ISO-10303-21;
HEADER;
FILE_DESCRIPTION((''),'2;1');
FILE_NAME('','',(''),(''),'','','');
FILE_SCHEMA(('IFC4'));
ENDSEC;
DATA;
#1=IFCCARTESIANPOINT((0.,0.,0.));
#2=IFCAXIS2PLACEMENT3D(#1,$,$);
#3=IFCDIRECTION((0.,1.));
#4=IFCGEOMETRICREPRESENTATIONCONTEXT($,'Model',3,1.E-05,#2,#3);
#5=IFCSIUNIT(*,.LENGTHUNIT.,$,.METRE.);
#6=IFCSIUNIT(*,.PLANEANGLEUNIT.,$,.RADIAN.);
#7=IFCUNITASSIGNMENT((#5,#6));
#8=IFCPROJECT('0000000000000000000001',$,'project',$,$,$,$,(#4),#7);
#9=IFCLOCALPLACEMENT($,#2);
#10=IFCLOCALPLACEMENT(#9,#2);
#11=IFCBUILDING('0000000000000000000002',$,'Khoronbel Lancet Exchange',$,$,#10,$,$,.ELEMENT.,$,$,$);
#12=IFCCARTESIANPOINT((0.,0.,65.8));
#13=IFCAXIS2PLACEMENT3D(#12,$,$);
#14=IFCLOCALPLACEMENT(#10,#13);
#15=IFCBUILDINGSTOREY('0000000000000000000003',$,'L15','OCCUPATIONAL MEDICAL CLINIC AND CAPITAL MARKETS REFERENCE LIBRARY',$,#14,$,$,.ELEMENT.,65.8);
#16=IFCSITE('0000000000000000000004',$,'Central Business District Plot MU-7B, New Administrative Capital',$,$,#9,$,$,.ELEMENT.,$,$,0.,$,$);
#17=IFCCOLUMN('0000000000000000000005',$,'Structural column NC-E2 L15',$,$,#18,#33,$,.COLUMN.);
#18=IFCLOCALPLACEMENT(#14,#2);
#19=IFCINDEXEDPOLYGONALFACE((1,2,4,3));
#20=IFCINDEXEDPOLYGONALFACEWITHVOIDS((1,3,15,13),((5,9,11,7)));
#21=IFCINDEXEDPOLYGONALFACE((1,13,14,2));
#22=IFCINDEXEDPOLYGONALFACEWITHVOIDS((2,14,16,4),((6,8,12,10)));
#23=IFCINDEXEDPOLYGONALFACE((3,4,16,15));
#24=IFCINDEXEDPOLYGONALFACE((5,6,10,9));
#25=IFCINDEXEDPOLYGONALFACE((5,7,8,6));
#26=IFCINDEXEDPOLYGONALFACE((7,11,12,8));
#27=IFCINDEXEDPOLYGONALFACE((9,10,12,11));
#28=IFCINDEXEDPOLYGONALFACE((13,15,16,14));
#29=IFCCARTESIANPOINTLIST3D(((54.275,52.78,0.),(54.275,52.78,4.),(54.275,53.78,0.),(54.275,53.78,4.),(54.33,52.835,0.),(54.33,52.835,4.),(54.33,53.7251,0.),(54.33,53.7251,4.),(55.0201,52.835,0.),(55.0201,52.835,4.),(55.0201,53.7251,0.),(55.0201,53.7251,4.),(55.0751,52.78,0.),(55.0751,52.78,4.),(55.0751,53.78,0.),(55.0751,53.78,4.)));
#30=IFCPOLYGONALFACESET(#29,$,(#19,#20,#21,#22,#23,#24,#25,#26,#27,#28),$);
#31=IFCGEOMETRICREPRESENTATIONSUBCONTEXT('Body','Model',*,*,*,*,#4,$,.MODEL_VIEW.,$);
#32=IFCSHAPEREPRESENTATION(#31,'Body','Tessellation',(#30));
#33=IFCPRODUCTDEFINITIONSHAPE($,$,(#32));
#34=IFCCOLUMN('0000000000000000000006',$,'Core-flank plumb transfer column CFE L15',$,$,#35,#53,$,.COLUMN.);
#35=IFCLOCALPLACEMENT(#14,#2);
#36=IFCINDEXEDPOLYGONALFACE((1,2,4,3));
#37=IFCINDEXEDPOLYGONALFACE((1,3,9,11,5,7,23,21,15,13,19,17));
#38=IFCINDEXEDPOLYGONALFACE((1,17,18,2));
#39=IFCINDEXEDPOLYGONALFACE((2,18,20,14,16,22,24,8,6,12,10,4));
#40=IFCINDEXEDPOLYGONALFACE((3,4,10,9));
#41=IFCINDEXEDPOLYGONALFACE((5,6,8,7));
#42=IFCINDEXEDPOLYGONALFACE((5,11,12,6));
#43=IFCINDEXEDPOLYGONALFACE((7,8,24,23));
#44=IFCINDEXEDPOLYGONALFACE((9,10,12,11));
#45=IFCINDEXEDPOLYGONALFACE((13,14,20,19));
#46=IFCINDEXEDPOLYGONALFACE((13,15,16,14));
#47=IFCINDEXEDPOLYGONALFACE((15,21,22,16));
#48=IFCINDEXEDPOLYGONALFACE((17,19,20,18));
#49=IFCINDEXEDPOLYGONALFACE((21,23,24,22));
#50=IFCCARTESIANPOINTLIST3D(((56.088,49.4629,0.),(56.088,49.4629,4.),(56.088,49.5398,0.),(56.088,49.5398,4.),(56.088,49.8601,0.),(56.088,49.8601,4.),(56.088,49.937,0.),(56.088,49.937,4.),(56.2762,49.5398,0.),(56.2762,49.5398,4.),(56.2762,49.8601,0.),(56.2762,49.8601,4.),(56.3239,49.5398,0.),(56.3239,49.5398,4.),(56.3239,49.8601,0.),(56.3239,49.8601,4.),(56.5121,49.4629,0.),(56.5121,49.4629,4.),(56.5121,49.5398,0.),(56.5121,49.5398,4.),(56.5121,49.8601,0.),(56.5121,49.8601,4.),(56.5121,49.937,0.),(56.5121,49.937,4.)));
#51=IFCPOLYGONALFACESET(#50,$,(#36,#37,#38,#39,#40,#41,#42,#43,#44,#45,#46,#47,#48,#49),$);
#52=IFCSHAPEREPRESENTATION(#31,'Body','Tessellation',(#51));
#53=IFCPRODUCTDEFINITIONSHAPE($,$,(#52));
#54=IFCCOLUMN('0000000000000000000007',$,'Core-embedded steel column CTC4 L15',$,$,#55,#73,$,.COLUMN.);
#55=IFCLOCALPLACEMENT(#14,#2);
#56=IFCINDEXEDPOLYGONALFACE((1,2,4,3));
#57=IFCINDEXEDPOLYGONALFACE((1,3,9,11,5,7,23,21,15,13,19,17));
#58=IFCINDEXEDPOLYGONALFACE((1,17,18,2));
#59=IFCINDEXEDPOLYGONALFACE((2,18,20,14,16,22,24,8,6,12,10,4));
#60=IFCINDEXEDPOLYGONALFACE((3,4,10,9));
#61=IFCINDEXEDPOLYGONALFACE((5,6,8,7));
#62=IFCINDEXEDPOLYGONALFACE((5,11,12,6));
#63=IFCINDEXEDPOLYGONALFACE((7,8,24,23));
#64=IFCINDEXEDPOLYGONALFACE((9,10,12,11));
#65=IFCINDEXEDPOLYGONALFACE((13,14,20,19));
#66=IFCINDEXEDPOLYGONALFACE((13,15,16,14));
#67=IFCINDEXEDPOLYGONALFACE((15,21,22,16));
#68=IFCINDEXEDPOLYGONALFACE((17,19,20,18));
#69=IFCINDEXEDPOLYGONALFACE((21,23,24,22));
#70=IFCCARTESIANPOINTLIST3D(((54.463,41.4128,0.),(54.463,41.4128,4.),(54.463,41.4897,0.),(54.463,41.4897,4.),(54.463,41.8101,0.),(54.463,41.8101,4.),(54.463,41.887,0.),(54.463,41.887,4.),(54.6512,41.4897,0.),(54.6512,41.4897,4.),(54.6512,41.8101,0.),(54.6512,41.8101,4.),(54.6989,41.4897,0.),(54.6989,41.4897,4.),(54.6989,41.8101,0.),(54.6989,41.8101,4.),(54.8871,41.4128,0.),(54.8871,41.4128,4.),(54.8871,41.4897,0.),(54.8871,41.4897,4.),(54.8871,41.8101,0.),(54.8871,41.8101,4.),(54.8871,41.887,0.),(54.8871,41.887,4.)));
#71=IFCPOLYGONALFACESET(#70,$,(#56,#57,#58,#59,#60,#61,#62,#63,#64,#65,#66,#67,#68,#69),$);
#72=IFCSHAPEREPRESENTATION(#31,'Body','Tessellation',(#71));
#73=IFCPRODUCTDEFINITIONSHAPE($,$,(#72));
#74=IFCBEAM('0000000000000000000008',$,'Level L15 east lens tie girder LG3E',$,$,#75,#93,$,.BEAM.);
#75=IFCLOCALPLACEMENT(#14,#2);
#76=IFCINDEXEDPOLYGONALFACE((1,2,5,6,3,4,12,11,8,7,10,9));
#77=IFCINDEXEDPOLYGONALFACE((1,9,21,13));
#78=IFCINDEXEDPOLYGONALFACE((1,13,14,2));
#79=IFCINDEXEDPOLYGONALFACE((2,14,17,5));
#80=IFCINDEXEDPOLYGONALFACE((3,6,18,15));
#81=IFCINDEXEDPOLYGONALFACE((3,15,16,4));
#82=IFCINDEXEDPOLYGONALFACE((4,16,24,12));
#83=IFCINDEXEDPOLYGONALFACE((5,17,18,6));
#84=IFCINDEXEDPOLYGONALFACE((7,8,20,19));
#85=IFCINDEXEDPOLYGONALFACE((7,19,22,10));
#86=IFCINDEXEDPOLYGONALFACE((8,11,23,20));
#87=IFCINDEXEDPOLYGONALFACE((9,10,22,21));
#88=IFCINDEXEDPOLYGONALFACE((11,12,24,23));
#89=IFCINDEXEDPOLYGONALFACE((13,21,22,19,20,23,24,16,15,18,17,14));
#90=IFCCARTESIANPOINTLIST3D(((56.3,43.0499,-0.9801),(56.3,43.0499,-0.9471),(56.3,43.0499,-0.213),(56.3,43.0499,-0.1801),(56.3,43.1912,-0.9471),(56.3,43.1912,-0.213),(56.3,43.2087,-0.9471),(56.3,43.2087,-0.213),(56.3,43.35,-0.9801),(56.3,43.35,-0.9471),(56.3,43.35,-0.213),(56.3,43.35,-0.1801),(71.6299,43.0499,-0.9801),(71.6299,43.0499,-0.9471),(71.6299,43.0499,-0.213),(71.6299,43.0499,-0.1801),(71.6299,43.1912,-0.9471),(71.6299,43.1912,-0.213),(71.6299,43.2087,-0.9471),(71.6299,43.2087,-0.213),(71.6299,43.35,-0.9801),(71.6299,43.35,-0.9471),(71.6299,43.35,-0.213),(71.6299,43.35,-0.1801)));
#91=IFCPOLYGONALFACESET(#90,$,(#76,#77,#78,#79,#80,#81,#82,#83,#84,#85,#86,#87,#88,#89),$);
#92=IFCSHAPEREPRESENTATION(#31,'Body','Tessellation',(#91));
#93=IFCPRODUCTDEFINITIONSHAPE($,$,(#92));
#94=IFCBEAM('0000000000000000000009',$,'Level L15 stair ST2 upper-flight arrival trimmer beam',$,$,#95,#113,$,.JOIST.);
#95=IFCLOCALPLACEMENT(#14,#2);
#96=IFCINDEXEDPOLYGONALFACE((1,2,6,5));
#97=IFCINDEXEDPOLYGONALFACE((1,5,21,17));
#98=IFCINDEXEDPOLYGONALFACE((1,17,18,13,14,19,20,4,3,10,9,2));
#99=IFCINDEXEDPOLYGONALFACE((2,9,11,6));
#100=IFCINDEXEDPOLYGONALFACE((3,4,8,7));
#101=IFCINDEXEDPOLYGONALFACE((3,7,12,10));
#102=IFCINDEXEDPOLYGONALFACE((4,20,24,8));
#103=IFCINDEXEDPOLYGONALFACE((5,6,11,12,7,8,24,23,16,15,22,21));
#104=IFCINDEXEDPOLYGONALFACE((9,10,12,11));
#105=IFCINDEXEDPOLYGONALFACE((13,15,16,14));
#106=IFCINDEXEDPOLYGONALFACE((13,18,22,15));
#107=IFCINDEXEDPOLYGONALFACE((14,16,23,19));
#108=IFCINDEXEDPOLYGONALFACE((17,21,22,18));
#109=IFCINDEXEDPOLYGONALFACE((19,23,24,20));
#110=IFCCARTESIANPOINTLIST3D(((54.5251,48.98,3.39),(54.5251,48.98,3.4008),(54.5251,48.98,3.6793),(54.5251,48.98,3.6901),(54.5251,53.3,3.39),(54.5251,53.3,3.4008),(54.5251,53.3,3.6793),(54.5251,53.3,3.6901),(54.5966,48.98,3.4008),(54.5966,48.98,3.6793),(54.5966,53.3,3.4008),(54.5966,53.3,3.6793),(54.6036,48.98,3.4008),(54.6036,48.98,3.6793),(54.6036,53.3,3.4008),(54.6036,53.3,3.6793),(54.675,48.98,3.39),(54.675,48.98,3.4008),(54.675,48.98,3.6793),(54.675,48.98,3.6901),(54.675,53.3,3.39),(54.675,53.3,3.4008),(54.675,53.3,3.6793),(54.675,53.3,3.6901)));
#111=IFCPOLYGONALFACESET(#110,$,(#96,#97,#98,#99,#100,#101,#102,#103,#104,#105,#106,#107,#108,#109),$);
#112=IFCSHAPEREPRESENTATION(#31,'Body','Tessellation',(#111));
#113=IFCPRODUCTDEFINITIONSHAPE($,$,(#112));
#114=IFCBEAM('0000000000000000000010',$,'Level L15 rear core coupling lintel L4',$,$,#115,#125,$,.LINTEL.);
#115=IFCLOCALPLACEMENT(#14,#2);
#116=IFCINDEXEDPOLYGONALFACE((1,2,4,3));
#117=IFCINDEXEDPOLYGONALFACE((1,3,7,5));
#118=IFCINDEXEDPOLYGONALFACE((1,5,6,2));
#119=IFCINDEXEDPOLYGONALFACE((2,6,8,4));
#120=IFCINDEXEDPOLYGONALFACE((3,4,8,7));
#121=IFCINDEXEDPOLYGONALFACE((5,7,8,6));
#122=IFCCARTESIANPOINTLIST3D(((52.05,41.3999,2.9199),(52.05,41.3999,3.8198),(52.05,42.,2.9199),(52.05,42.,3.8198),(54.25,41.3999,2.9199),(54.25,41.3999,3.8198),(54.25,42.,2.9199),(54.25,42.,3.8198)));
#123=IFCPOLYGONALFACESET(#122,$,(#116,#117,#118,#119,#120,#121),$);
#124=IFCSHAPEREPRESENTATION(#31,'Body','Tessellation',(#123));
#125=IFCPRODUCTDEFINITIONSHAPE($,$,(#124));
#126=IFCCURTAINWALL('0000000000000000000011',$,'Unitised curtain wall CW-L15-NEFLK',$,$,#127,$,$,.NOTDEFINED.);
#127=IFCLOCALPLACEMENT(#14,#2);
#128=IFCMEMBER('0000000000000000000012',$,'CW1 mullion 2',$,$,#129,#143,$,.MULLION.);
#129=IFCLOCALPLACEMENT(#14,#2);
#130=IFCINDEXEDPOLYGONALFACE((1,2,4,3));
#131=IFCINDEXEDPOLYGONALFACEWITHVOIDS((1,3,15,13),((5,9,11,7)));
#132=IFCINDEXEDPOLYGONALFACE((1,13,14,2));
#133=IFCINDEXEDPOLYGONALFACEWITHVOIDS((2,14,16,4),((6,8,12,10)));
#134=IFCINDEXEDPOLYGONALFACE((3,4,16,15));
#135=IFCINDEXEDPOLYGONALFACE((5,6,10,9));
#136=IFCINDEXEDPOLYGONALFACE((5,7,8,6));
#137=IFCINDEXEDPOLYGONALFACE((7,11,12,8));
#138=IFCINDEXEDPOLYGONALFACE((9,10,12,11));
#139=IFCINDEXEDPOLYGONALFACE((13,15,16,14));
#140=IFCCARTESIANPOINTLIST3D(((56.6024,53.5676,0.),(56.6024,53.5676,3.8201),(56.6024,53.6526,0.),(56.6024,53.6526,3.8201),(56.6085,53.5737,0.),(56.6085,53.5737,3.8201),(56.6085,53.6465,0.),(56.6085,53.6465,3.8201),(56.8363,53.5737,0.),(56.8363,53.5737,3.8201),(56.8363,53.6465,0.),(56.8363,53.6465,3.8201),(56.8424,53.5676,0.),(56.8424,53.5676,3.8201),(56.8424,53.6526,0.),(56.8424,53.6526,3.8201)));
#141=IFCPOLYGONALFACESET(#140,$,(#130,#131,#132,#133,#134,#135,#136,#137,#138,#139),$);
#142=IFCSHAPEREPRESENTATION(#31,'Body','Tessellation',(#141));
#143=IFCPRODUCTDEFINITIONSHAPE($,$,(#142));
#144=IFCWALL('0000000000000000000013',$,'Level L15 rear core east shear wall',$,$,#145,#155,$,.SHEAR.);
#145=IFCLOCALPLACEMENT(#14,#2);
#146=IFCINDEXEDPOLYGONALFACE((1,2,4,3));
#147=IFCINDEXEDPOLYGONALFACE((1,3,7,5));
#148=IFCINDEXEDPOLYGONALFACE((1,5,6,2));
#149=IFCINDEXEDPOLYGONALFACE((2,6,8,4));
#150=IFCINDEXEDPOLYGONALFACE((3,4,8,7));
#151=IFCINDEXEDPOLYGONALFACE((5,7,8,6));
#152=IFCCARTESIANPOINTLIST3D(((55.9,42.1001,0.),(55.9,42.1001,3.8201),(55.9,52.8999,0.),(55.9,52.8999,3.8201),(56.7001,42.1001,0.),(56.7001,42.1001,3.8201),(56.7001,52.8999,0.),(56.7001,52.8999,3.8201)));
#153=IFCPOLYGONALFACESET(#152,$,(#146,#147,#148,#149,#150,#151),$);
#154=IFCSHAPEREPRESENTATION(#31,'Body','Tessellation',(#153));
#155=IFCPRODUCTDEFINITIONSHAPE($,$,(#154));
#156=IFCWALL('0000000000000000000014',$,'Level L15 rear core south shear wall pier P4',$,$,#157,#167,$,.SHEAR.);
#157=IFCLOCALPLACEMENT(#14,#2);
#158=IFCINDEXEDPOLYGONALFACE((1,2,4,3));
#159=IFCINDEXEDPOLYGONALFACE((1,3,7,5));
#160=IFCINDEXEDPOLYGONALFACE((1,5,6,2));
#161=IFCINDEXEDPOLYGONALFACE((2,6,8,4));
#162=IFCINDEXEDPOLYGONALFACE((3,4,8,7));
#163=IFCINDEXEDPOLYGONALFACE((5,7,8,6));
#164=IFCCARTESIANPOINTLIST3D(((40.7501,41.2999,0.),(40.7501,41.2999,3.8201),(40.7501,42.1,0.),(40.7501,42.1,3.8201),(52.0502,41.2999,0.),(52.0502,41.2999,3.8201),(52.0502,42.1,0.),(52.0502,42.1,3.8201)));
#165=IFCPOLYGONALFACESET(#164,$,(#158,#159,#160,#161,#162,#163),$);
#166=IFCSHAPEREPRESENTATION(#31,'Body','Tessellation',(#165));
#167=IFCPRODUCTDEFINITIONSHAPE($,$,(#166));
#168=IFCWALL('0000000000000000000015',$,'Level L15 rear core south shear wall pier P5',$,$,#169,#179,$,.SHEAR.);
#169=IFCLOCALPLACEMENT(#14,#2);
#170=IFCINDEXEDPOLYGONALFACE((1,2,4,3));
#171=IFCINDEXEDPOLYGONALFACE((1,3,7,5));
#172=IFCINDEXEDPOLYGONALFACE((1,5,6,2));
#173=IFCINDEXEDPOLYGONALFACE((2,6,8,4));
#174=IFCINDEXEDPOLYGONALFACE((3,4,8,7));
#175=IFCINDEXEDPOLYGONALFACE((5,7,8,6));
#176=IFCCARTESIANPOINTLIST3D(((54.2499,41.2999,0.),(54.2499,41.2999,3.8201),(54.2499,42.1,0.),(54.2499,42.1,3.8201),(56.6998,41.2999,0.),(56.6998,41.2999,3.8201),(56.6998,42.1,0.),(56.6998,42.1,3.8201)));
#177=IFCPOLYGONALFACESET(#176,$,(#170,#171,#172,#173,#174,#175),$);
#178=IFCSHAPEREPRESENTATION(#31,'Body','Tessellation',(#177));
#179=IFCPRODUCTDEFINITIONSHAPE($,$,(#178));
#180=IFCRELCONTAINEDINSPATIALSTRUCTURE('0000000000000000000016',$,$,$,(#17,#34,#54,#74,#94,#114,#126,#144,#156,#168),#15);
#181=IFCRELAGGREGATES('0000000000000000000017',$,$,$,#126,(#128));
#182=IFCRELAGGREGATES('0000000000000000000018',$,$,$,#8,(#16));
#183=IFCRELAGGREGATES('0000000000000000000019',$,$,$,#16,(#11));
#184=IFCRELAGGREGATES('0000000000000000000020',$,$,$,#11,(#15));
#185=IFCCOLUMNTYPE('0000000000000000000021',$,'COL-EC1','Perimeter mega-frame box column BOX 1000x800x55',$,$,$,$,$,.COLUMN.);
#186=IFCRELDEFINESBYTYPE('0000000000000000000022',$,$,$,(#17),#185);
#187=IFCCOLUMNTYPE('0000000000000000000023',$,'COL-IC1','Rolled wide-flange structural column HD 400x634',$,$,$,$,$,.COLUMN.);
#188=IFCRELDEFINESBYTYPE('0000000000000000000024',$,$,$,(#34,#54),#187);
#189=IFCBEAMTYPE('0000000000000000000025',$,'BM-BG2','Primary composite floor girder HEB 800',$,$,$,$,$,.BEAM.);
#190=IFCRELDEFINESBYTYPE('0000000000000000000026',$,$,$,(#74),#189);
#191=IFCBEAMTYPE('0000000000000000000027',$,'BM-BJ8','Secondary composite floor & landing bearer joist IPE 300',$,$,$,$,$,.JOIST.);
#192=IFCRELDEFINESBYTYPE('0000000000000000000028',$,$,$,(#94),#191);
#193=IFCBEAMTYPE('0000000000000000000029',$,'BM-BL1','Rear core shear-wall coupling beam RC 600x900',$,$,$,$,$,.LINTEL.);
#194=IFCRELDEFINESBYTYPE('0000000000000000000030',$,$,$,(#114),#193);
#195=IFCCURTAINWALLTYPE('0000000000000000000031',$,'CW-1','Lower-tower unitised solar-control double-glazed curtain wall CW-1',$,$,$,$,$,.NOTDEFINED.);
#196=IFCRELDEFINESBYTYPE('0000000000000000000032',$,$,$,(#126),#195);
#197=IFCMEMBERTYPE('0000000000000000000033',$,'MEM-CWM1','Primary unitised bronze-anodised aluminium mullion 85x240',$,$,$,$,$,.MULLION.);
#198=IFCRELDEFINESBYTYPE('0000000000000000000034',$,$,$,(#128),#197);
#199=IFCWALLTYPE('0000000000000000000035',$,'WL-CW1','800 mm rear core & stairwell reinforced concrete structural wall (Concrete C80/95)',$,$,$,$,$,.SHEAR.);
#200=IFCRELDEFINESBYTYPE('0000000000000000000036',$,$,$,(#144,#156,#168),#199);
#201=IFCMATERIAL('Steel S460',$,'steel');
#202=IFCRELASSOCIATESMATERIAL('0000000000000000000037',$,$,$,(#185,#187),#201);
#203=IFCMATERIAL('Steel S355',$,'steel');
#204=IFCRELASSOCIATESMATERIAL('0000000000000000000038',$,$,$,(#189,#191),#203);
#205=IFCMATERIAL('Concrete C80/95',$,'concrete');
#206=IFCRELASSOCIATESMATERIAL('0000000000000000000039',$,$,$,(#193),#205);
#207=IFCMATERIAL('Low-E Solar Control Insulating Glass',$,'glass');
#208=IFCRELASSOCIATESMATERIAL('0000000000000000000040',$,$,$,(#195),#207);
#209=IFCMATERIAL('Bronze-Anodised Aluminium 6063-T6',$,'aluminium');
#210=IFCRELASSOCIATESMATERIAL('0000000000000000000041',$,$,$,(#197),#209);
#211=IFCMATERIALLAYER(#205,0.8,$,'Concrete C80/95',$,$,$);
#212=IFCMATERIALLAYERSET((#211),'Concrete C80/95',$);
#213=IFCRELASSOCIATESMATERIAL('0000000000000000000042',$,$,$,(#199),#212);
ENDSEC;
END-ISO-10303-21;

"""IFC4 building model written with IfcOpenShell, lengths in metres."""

from ifc_helpers import new_model, si_unit, direction, frame, frame_2d, origin, origin_2d, place, context, subcontext, project, spatial, rectangle, hollow_rectangle, i_section, extrude, material, layer, layer_set, material_profile, profile_set, type_object, element, aggregate, save


model = new_model("IFC4")

# Units and contexts
model_context = context("Model", 3, precision=1e-05, world=origin(), true_north=direction((0.0, 1.0)))
body_context = subcontext(model_context, "Body", "Model", "MODEL_VIEW")
ifc_project = project(units=[si_unit("LENGTHUNIT", "METRE"), si_unit("PLANEANGLEUNIT", "RADIAN")], contexts=[model_context])

# Site, building, storey
site_placement = place(None, origin())
site = spatial("IfcSite", under=ifc_project, at=site_placement, Name="Central Business District Plot MU-7B, New Administrative Capital", CompositionType="ELEMENT", RefElevation=0.0)
building_placement = place(site_placement, origin())
building = spatial("IfcBuilding", under=site, at=building_placement, Name="Khoronbel Lancet Exchange", CompositionType="ELEMENT")
storey_placement = place(building_placement, frame((0.0, 0.0, 65.8)))
storey = spatial("IfcBuildingStorey", under=building, at=storey_placement, Name="L15", Description="OCCUPATIONAL MEDICAL CLINIC AND CAPITAL MARKETS REFERENCE LIBRARY", CompositionType="ELEMENT", Elevation=65.8)

# Columns
ifc_material_1 = material(Name="Steel S460", Category="steel")
ifc_material_profile_1 = material_profile(ifc_material_1, hollow_rectangle(XDim=0.8, YDim=1.0, WallThickness=0.0549, at=origin_2d()), Name="BOX 1000x800x55")
ifc_profile_set_1 = profile_set([ifc_material_profile_1], Name="Steel S460")
column_type_1 = type_object("IfcColumnType", Name="COL-EC1", Description="Perimeter mega-frame box column BOX 1000x800x55", PredefinedType="COLUMN", material=ifc_profile_set_1)
column_placement = place(storey_placement, frame((54.675, 53.28, 0.0), z_axis=(0.0, 0.0, 1.0), x_axis=(1.0, 0.0, 0.0)))
element("IfcColumn", 1, at=column_placement, inside=storey, type_object=column_type_1, Name="Structural column NC-E2 L15", PredefinedType="COLUMN", context=body_context, shape_type="SweptSolid", body=[
    extrude(hollow_rectangle(XDim=0.8, YDim=1.0, WallThickness=0.0549, at=origin_2d()), origin(), (0.0, 0.0, 1.0), 4.0),
])
ifc_material_profile_2 = material_profile(ifc_material_1, i_section(OverallWidth=0.4241, OverallDepth=0.4741, WebThickness=0.0476, FlangeThickness=0.0769, at=origin_2d()), Name="HD 400x634")
ifc_profile_set_2 = profile_set([ifc_material_profile_2], Name="Steel S460")
column_type_2 = type_object("IfcColumnType", Name="COL-IC1", Description="Rolled wide-flange structural column HD 400x634", PredefinedType="COLUMN", material=ifc_profile_set_2)
for number, where, z_axis, x_axis, name in (
    (2, (56.3, 49.7, 0.0), (0.0, 0.0, 1.0), (1.0, 0.0, 0.0), "Core-flank plumb transfer column CFE L15"),
    (3, (54.675, 41.6499, 0.0), (0.0, 0.0, 1.0), (1.0, 0.0, 0.0), "Core-embedded steel column CTC4 L15"),
):
    element("IfcColumn", number, at=place(storey_placement, frame(where, z_axis=z_axis, x_axis=x_axis)), inside=storey, type_object=column_type_2, Name=name, PredefinedType="COLUMN", context=body_context, shape_type="SweptSolid", body=[
        extrude(i_section(OverallWidth=0.4241, OverallDepth=0.4741, WebThickness=0.0476, FlangeThickness=0.0769, at=origin_2d()), origin(), (0.0, 0.0, 1.0), 4.0),
    ])

# Beams
ifc_material_2 = material(Name="Steel S355", Category="steel")
ifc_material_profile_3 = material_profile(ifc_material_2, i_section(OverallWidth=0.3, OverallDepth=0.8, WebThickness=0.0176, FlangeThickness=0.033, at=origin_2d()), Name="HEB 800")
ifc_profile_set_3 = profile_set([ifc_material_profile_3], Name="Steel S355")
beam_type_1 = type_object("IfcBeamType", Name="BM-BG2", Description="Primary composite floor girder HEB 800", PredefinedType="BEAM", material=ifc_profile_set_3)
beam_1_placement = place(storey_placement, frame((56.3, 43.2, -0.5801), z_axis=(1.0, 0.0, 0.0), x_axis=(0.0, 1.0, 0.0)))
element("IfcBeam", 4, at=beam_1_placement, inside=storey, type_object=beam_type_1, Name="Level L15 east lens tie girder LG3E", PredefinedType="BEAM", context=body_context, shape_type="SweptSolid", body=[
    extrude(i_section(OverallWidth=0.3, OverallDepth=0.8, WebThickness=0.0176, FlangeThickness=0.033, at=origin_2d()), origin(), (0.0, 0.0, 1.0), 15.3298),
])
ifc_material_profile_4 = material_profile(ifc_material_2, i_section(OverallWidth=0.1499, OverallDepth=0.3, WebThickness=0.0071, FlangeThickness=0.0107, at=origin_2d()), Name="IPE 300")
ifc_profile_set_4 = profile_set([ifc_material_profile_4], Name="Steel S355")
beam_type_2 = type_object("IfcBeamType", Name="BM-BJ8", Description="Secondary composite floor & landing bearer joist IPE 300", PredefinedType="JOIST", material=ifc_profile_set_4)
beam_2_placement = place(storey_placement, frame((54.6001, 48.98, 3.54), z_axis=(0.0, 1.0, 0.0), x_axis=(-1.0, 0.0, 0.0)))
element("IfcBeam", 5, at=beam_2_placement, inside=storey, type_object=beam_type_2, Name="Level L15 stair ST2 upper-flight arrival trimmer beam", PredefinedType="JOIST", context=body_context, shape_type="SweptSolid", body=[
    extrude(i_section(OverallWidth=0.1499, OverallDepth=0.3, WebThickness=0.0071, FlangeThickness=0.0107, at=origin_2d()), origin(), (0.0, 0.0, 1.0), 4.3201),
])
ifc_material_3 = material(Name="Concrete C80/95", Category="concrete")
ifc_material_profile_5 = material_profile(ifc_material_3, rectangle(XDim=0.6001, YDim=0.8999, at=origin_2d()), Name="RC 600x900")
ifc_profile_set_5 = profile_set([ifc_material_profile_5], Name="Concrete C80/95")
beam_type_3 = type_object("IfcBeamType", Name="BM-BL1", Description="Rear core shear-wall coupling beam RC 600x900", PredefinedType="LINTEL", material=ifc_profile_set_5)
beam_3_placement = place(storey_placement, frame((52.05, 41.7, 3.3699), z_axis=(1.0, 0.0, 0.0), x_axis=(0.0, 1.0, 0.0)))
element("IfcBeam", 6, at=beam_3_placement, inside=storey, type_object=beam_type_3, Name="Level L15 rear core coupling lintel L4", PredefinedType="LINTEL", context=body_context, shape_type="SweptSolid", body=[
    extrude(rectangle(XDim=0.6001, YDim=0.8999, at=origin_2d()), origin(), (0.0, 0.0, 1.0), 2.2),
])

# Curtain wall, member
ifc_material_4 = material(Name="Low-E Solar Control Insulating Glass", Category="glass")
curtain_wall_type = type_object("IfcCurtainWallType", Name="CW-1", Description="Lower-tower unitised solar-control double-glazed curtain wall CW-1", PredefinedType="NOTDEFINED", material=ifc_material_4)
curtain_wall_placement = place(storey_placement, origin())
curtain_wall = element("IfcCurtainWall", 7, at=curtain_wall_placement, inside=storey, type_object=curtain_wall_type, Name="Unitised curtain wall CW-L15-NEFLK", PredefinedType="NOTDEFINED")
ifc_material_5 = material(Name="Bronze-Anodised Aluminium 6063-T6", Category="aluminium")
ifc_material_profile_6 = material_profile(ifc_material_5, hollow_rectangle(XDim=0.085, YDim=0.24, WallThickness=0.0061, at=origin_2d()), Name="ALU MULLION 85x240")
ifc_profile_set_6 = profile_set([ifc_material_profile_6], Name="Bronze-Anodised Aluminium 6063-T6")
member_type = type_object("IfcMemberType", Name="MEM-CWM1", Description="Primary unitised bronze-anodised aluminium mullion 85x240", PredefinedType="MULLION", material=ifc_profile_set_6)
member_placement = place(storey_placement, frame((56.7224, 53.6101, 0.0), z_axis=(0.0, 0.0, 1.0), x_axis=(0.0, -1.0, 0.0)))
member = element("IfcMember", 8, at=member_placement, type_object=member_type, Name="CW1 mullion 2", PredefinedType="MULLION", context=body_context, shape_type="SweptSolid", body=[
    extrude(hollow_rectangle(XDim=0.085, YDim=0.24, WallThickness=0.0061, at=origin_2d()), origin(), (0.0, 0.0, 1.0), 3.8201),
])
aggregate(curtain_wall, [member])

# Walls
ifc_layer_1 = layer(ifc_material_3, 0.8, Name="Concrete C80/95")
ifc_layer_set_1 = layer_set([ifc_layer_1], Name="Concrete C80/95")
wall_type_1 = type_object("IfcWallType", Name="WL-CW1", Description="800 mm rear core & stairwell reinforced concrete structural wall (Concrete C80/95)", PredefinedType="SHEAR", material=ifc_layer_set_1)
wall_1_placement = place(storey_placement, frame((56.3, 52.8999, 0.0), z_axis=(0.0, 0.0, 1.0), x_axis=(0.0, -1.0, 0.0)))
element("IfcWall", 9, at=wall_1_placement, inside=storey, type_object=wall_type_1, Name="Level L15 rear core east shear wall", PredefinedType="SHEAR", context=body_context, shape_type="SweptSolid", body=[
    extrude(rectangle(XDim=10.7998, YDim=0.8, at=frame_2d((5.3999, 0.0))), origin(), (0.0, 0.0, 1.0), 3.8201),
])
wall_2_placement = place(storey_placement, frame((52.05, 41.7, 0.0), z_axis=(0.0, 0.0, 1.0), x_axis=(-1.0, 0.0, 0.0)))
element("IfcWall", 10, at=wall_2_placement, inside=storey, type_object=wall_type_1, Name="Level L15 rear core south shear wall pier P4", PredefinedType="SHEAR", context=body_context, shape_type="SweptSolid", body=[
    extrude(rectangle(XDim=11.3, YDim=0.8, at=frame_2d((5.6499, 0.0))), origin(), (0.0, 0.0, 1.0), 3.8201),
])
wall_3_placement = place(storey_placement, frame((56.7, 41.7, 0.0), z_axis=(0.0, 0.0, 1.0), x_axis=(-1.0, 0.0, 0.0)))
element("IfcWall", 11, at=wall_3_placement, inside=storey, type_object=wall_type_1, Name="Level L15 rear core south shear wall pier P5", PredefinedType="SHEAR", context=body_context, shape_type="SweptSolid", body=[
    extrude(rectangle(XDim=2.45, YDim=0.8, at=frame_2d((1.2251, 0.0))), origin(), (0.0, 0.0, 1.0), 3.8201),
])

save(model, "model.ifc")
